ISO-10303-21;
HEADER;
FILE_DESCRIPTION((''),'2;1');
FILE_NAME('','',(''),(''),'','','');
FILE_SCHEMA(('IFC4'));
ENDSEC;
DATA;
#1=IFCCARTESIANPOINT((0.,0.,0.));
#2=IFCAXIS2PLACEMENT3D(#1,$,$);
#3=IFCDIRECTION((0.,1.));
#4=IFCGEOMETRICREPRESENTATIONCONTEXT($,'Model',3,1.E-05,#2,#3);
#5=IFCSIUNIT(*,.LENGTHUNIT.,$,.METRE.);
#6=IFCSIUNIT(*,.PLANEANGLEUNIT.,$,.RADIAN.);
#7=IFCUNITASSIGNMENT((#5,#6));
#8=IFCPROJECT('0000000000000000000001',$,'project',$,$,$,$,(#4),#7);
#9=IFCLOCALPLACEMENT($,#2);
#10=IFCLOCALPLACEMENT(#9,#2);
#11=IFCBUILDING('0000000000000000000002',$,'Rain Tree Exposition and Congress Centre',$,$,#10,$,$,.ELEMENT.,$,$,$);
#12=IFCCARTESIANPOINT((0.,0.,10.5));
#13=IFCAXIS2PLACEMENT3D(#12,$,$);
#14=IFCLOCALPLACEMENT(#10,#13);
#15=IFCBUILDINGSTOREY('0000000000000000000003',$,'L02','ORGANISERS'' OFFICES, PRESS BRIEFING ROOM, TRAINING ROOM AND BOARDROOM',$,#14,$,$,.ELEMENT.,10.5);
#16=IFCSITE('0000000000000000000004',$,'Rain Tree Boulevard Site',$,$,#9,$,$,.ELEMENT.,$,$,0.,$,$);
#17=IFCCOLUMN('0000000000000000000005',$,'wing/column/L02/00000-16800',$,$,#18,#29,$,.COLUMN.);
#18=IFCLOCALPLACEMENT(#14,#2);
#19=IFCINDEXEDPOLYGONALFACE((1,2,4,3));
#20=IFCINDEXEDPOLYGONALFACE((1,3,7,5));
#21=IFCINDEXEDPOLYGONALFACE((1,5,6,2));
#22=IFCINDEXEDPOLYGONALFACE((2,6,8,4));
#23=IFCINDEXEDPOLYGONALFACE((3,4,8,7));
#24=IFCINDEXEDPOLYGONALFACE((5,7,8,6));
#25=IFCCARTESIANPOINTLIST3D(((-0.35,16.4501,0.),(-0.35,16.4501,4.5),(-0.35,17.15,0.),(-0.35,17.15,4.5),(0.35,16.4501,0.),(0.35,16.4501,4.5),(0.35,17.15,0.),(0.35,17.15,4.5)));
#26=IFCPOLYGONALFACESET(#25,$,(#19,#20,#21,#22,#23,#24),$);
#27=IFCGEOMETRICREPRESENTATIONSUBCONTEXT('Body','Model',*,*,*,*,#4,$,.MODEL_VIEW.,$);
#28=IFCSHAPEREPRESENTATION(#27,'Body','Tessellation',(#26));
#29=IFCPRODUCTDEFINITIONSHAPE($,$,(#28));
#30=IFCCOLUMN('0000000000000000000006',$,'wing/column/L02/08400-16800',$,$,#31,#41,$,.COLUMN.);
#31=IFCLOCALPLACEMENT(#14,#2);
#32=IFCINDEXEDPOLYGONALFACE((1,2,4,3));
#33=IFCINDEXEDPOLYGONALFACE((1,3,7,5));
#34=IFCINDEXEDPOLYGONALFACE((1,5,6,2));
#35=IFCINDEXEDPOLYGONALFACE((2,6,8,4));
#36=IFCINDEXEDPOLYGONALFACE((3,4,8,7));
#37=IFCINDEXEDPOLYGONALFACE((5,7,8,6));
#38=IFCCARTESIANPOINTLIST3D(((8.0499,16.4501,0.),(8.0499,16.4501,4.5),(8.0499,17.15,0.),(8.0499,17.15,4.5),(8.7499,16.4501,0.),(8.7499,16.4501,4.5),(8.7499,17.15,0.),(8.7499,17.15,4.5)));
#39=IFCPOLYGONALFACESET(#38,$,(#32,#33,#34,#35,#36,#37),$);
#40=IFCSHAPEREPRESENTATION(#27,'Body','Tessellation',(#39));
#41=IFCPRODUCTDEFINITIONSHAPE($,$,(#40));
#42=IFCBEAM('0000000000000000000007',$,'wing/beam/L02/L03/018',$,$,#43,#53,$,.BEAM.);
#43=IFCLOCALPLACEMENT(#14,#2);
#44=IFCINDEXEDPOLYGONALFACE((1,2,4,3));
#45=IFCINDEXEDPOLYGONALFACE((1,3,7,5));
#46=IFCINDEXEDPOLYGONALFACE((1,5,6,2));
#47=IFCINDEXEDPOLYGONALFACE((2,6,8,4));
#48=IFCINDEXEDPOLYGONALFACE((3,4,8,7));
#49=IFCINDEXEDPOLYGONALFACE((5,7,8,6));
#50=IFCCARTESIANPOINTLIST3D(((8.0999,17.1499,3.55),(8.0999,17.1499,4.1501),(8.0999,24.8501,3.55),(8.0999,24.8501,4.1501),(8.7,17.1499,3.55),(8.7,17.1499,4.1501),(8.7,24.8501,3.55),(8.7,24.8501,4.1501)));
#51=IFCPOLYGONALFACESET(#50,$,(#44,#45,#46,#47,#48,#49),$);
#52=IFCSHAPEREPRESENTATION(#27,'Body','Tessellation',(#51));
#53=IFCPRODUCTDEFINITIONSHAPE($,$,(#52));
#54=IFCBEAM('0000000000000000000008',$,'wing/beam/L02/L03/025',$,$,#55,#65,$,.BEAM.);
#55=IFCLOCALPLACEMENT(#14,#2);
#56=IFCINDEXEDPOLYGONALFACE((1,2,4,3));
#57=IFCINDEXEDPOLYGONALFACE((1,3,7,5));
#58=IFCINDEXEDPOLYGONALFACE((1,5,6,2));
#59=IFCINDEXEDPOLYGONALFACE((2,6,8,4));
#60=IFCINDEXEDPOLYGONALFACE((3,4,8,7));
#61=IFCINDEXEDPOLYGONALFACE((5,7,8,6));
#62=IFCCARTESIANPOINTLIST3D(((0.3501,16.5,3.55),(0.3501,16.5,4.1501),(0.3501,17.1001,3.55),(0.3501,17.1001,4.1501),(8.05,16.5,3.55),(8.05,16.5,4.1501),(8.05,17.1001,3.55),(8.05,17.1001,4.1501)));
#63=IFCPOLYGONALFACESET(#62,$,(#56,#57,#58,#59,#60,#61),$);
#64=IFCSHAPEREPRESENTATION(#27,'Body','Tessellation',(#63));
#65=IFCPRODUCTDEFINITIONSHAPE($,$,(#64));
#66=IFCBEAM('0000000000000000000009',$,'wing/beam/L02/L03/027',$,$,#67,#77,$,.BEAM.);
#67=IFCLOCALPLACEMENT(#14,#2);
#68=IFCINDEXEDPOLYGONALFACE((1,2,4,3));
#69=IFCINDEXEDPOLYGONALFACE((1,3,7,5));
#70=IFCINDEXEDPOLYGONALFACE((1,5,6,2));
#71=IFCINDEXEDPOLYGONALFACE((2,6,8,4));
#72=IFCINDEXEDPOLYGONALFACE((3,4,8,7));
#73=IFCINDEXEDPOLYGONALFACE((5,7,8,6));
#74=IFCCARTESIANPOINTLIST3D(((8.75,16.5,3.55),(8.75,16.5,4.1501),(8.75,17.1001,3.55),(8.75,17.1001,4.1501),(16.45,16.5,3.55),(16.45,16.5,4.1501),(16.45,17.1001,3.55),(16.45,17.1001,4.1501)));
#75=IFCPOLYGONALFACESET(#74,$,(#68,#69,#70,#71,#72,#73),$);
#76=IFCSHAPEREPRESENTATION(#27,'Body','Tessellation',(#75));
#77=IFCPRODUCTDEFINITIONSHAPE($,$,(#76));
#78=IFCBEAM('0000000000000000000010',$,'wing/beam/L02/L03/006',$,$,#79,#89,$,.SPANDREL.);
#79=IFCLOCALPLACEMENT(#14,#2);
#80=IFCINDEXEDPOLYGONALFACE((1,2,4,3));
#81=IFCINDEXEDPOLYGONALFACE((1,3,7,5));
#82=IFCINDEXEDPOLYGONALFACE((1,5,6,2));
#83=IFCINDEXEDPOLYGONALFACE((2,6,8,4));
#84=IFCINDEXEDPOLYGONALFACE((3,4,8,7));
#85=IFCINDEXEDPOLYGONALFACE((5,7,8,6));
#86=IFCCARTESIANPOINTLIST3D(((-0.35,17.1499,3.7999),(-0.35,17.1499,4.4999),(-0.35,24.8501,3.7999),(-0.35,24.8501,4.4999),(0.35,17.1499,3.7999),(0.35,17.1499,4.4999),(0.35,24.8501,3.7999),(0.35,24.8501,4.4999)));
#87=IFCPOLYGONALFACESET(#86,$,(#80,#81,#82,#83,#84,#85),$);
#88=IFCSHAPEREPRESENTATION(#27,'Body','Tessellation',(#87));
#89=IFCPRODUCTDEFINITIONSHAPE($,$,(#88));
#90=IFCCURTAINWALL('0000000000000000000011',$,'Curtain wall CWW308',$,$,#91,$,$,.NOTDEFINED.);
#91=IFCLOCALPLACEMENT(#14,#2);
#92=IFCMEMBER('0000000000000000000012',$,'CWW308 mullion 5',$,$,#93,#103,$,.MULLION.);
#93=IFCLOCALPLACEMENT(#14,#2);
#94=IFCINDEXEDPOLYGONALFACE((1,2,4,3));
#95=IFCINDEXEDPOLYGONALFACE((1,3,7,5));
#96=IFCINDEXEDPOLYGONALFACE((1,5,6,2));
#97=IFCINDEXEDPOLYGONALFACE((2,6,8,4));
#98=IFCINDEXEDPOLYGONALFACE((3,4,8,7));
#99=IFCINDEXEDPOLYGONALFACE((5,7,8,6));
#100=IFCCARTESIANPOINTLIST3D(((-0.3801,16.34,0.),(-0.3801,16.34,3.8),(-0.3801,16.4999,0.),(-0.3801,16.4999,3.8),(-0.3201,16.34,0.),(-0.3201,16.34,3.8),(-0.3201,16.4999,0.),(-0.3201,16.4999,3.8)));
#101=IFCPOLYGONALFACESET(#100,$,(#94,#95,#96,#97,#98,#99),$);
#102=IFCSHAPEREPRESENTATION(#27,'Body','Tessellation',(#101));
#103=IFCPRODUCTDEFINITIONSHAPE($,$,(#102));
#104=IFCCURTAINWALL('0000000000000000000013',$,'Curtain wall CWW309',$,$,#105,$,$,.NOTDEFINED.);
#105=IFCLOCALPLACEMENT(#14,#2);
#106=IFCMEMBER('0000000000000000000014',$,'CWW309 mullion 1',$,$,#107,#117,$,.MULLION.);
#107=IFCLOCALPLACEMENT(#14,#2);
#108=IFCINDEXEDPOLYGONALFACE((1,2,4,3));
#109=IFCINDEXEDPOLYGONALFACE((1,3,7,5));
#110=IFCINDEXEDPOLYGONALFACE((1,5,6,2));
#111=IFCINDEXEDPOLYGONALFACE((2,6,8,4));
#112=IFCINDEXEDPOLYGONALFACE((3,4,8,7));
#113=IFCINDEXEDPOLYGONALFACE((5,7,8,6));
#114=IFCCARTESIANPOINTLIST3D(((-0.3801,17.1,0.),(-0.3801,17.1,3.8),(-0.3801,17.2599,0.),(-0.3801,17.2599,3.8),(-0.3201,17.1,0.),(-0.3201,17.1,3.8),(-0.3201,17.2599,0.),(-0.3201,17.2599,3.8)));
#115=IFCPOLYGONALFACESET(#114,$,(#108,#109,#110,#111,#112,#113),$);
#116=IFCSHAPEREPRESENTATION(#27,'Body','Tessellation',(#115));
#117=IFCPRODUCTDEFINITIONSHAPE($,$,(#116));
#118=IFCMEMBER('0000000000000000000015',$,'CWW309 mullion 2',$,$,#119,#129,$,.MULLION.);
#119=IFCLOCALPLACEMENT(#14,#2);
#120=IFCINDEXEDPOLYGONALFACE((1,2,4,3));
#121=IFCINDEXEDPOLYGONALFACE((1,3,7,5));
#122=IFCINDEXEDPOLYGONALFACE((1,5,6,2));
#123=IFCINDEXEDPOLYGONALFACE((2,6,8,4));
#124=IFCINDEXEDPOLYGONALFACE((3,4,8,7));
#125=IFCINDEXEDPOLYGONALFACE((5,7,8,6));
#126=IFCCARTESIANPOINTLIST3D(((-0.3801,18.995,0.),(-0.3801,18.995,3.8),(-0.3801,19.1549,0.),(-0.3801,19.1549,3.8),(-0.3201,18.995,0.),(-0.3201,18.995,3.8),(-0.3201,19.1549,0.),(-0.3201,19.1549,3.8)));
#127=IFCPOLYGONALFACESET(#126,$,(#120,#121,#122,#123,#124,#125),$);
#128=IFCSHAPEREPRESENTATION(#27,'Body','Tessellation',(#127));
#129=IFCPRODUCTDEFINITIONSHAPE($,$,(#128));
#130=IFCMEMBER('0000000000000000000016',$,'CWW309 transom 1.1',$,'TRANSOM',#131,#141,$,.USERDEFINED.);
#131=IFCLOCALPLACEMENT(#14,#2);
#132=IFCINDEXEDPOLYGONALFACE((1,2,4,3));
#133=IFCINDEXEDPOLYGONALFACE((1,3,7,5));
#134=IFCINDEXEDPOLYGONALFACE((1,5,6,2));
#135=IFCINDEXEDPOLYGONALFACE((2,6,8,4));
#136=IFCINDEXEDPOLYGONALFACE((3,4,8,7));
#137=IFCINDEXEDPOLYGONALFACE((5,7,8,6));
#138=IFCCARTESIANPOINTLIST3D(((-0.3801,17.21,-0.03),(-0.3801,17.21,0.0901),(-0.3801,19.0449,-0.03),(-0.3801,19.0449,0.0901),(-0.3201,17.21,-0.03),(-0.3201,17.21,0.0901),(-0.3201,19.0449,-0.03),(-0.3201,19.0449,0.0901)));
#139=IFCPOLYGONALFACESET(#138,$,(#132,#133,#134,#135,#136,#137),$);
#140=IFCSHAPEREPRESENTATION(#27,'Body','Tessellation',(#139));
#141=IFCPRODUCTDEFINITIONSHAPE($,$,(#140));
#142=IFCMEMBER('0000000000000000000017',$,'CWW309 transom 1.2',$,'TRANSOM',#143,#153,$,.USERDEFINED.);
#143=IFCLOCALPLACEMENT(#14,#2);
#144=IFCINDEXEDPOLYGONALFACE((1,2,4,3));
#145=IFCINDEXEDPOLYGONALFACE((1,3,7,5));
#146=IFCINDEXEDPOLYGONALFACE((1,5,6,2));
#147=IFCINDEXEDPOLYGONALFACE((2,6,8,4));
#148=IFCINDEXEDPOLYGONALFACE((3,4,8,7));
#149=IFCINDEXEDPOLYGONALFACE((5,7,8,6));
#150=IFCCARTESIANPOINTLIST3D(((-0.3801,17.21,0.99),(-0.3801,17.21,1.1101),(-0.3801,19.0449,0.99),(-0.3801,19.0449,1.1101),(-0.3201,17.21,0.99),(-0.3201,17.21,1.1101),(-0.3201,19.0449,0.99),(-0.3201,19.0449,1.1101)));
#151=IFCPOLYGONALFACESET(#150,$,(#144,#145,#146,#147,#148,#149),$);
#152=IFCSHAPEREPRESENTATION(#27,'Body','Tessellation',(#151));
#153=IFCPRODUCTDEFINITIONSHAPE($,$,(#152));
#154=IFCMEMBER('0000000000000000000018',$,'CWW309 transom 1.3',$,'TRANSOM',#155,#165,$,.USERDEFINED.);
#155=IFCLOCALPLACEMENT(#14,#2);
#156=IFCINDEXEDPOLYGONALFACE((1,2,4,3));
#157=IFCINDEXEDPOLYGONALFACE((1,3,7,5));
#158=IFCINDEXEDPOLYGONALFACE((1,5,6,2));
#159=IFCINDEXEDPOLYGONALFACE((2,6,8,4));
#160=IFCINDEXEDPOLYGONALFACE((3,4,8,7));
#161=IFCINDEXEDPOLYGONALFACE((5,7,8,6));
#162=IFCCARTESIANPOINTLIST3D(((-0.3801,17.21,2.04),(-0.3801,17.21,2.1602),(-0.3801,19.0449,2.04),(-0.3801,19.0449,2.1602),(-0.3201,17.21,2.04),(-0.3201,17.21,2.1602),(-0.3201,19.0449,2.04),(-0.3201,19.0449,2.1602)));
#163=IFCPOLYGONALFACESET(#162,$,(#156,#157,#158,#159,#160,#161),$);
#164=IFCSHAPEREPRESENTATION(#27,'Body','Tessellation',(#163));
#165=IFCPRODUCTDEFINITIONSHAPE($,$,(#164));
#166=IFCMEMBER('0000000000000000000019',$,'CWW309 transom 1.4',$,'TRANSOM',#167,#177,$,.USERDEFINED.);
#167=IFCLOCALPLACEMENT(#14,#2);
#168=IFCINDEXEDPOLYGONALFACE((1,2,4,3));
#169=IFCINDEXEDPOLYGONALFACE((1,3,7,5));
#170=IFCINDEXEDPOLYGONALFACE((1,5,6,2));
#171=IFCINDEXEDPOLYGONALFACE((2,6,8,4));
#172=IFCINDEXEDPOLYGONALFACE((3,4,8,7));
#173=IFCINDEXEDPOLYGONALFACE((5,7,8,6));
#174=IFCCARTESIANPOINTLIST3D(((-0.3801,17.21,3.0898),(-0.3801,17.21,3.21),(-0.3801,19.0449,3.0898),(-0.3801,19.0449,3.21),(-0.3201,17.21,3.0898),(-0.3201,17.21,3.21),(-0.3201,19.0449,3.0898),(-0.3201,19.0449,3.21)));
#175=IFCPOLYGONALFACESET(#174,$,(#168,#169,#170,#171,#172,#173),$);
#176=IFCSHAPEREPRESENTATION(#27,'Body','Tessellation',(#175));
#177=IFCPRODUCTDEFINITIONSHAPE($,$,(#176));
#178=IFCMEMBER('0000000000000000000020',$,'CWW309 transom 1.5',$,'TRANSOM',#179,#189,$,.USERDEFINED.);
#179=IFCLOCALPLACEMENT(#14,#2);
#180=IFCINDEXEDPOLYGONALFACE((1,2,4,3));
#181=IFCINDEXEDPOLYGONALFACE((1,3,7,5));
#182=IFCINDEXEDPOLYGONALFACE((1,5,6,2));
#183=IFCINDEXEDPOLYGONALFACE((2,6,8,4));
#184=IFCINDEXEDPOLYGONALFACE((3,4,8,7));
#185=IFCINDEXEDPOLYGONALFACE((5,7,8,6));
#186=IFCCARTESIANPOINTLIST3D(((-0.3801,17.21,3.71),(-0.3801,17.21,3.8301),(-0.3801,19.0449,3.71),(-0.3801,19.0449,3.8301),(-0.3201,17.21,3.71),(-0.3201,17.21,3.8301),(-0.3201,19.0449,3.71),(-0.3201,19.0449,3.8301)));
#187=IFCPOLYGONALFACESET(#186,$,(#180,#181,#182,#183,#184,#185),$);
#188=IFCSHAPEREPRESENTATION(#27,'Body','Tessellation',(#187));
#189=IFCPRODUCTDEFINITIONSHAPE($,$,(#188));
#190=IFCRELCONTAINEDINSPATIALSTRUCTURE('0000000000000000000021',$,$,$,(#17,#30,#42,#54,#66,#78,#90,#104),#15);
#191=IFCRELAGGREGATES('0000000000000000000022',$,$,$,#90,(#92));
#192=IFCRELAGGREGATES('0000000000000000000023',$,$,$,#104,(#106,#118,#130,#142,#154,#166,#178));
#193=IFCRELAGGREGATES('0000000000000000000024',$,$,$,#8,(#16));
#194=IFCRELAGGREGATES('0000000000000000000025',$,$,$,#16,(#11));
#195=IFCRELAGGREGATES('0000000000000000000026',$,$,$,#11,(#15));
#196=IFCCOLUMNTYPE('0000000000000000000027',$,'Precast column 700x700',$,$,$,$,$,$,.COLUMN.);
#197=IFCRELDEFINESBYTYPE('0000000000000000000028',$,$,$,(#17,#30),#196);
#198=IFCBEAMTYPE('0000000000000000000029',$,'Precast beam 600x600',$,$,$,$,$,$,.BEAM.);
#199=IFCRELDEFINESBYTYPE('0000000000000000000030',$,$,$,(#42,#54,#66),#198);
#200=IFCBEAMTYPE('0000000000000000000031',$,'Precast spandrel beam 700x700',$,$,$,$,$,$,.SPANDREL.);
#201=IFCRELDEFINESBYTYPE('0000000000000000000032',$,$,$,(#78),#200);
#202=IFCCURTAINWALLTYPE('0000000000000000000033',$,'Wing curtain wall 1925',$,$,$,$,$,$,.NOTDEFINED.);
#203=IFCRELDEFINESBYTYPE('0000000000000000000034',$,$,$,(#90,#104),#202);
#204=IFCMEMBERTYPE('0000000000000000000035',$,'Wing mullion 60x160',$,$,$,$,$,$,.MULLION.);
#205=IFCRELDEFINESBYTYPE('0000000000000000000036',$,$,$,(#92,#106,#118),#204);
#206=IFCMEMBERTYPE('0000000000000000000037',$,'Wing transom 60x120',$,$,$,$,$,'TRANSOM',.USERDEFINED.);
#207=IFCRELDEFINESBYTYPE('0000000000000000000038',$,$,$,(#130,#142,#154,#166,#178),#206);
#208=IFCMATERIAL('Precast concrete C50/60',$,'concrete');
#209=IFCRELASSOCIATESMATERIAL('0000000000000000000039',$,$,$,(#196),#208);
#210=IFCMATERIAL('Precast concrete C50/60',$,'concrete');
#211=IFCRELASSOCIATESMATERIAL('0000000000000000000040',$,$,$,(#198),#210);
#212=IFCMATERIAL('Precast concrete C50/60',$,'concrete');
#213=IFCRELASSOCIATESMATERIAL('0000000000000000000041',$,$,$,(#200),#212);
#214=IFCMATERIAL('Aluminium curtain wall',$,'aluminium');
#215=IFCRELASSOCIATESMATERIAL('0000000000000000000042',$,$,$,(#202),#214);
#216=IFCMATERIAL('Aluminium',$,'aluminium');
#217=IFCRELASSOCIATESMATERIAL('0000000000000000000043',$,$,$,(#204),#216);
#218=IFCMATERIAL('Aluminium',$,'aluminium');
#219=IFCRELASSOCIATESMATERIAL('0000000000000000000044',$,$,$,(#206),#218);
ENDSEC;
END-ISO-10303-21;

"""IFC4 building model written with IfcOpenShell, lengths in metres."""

from ifc_helpers import new_model, si_unit, direction, frame, origin, origin_2d, place, context, subcontext, project, spatial, rectangle, extrude, material, material_profile, profile_set, type_object, element, aggregate, save


model = new_model("IFC4")

# Units and contexts
model_context = context("Model", 3, precision=1e-05, world=origin(), true_north=direction((0.0, 1.0)))
body_context = subcontext(model_context, "Body", "Model", "MODEL_VIEW")
ifc_project = project(units=[si_unit("LENGTHUNIT", "METRE"), si_unit("PLANEANGLEUNIT", "RADIAN")], contexts=[model_context])

# Site, building, storey
site_placement = place(None, origin())
site = spatial("IfcSite", under=ifc_project, at=site_placement, Name="Rain Tree Boulevard Site", CompositionType="ELEMENT", RefElevation=0.0)
building_placement = place(site_placement, origin())
building = spatial("IfcBuilding", under=site, at=building_placement, Name="Rain Tree Exposition and Congress Centre", CompositionType="ELEMENT")
storey_placement = place(building_placement, frame((0.0, 0.0, 10.5)))
storey = spatial("IfcBuildingStorey", under=building, at=storey_placement, Name="L02", Description="ORGANISERS' OFFICES, PRESS BRIEFING ROOM, TRAINING ROOM AND BOARDROOM", CompositionType="ELEMENT", Elevation=10.5)

# Columns
ifc_material_1 = material(Name="Precast concrete C50/60", Category="concrete")
ifc_material_profile_1 = material_profile(ifc_material_1, rectangle(XDim=0.7, YDim=0.7, at=origin_2d()), Name="RC 700x700")
ifc_profile_set_1 = profile_set([ifc_material_profile_1], Name="Precast concrete C50/60")
column_type = type_object("IfcColumnType", Name="Precast column 700x700", PredefinedType="COLUMN", material=ifc_profile_set_1)
for number, where, z_axis, x_axis, name in (
    (1, (0.0, 16.8, 0.0), (0.0, 0.0, 1.0), (1.0, 0.0, 0.0), "wing/column/L02/00000-16800"),
    (2, (8.3999, 16.8, 0.0), (0.0, 0.0, 1.0), (1.0, 0.0, 0.0), "wing/column/L02/08400-16800"),
):
    element("IfcColumn", number, at=place(storey_placement, frame(where, z_axis=z_axis, x_axis=x_axis)), inside=storey, type_object=column_type, Name=name, PredefinedType="COLUMN", context=body_context, shape_type="SweptSolid", body=[
        extrude(rectangle(XDim=0.7, YDim=0.7, at=origin_2d()), origin(), (0.0, 0.0, 1.0), 4.5),
    ])

# Beams
ifc_material_2 = material(Name="Precast concrete C50/60", Category="concrete")
ifc_material_profile_2 = material_profile(ifc_material_2, rectangle(XDim=0.6001, YDim=0.6001, at=origin_2d()), Name="RC 600x600")
ifc_profile_set_2 = profile_set([ifc_material_profile_2], Name="Precast concrete C50/60")
beam_type_1 = type_object("IfcBeamType", Name="Precast beam 600x600", PredefinedType="BEAM", material=ifc_profile_set_2)
beam_1_placement = place(storey_placement, frame((8.3999, 17.1499, 3.8501), z_axis=(0.0, 1.0, 0.0), x_axis=(-1.0, 0.0, 0.0)))
element("IfcBeam", 3, at=beam_1_placement, inside=storey, type_object=beam_type_1, Name="wing/beam/L02/L03/018", PredefinedType="BEAM", context=body_context, shape_type="SweptSolid", body=[
    extrude(rectangle(XDim=0.6001, YDim=0.6001, at=origin_2d()), origin(), (0.0, 0.0, 1.0), 7.7002),
])
for number, where, z_axis, x_axis, name in (
    (4, (0.3501, 16.8, 3.8501), (1.0, 0.0, 0.0), (0.0, 1.0, 0.0), "wing/beam/L02/L03/025"),
    (5, (8.75, 16.8, 3.8501), (1.0, 0.0, 0.0), (0.0, 1.0, 0.0), "wing/beam/L02/L03/027"),
):
    element("IfcBeam", number, at=place(storey_placement, frame(where, z_axis=z_axis, x_axis=x_axis)), inside=storey, type_object=beam_type_1, Name=name, PredefinedType="BEAM", context=body_context, shape_type="SweptSolid", body=[
        extrude(rectangle(XDim=0.6001, YDim=0.6001, at=origin_2d()), origin(), (0.0, 0.0, 1.0), 7.7),
    ])
ifc_material_3 = material(Name="Precast concrete C50/60", Category="concrete")
ifc_material_profile_3 = material_profile(ifc_material_3, rectangle(XDim=0.7, YDim=0.7, at=origin_2d()), Name="RC 700x700")
ifc_profile_set_3 = profile_set([ifc_material_profile_3], Name="Precast concrete C50/60")
beam_type_2 = type_object("IfcBeamType", Name="Precast spandrel beam 700x700", PredefinedType="SPANDREL", material=ifc_profile_set_3)
beam_2_placement = place(storey_placement, frame((0.0, 17.1499, 4.1499), z_axis=(0.0, 1.0, 0.0), x_axis=(-1.0, 0.0, 0.0)))
element("IfcBeam", 6, at=beam_2_placement, inside=storey, type_object=beam_type_2, Name="wing/beam/L02/L03/006", PredefinedType="SPANDREL", context=body_context, shape_type="SweptSolid", body=[
    extrude(rectangle(XDim=0.7, YDim=0.7, at=origin_2d()), origin(), (0.0, 0.0, 1.0), 7.7002),
])

# Curtain wall, member
ifc_material_4 = material(Name="Aluminium curtain wall", Category="aluminium")
curtain_wall_type = type_object("IfcCurtainWallType", Name="Wing curtain wall 1925", PredefinedType="NOTDEFINED", material=ifc_material_4)
curtain_wall_1_placement = place(storey_placement, origin())
curtain_wall_1 = element("IfcCurtainWall", 7, at=curtain_wall_1_placement, inside=storey, type_object=curtain_wall_type, Name="Curtain wall CWW308", PredefinedType="NOTDEFINED")
ifc_material_5 = material(Name="Aluminium", Category="aluminium")
ifc_material_profile_4 = material_profile(ifc_material_5, rectangle(XDim=0.0601, YDim=0.1599, at=origin_2d()), Name="Aluminium 60x160")
ifc_profile_set_4 = profile_set([ifc_material_profile_4], Name="Aluminium")
member_type_1 = type_object("IfcMemberType", Name="Wing mullion 60x160", PredefinedType="MULLION", material=ifc_profile_set_4)
member_1_placement = place(storey_placement, frame((-0.3501, 16.4199, 0.0), z_axis=(0.0, 0.0, 1.0), x_axis=(-1.0, 0.0, 0.0)))
member_1 = element("IfcMember", 8, at=member_1_placement, type_object=member_type_1, Name="CWW308 mullion 5", PredefinedType="MULLION", context=body_context, shape_type="SweptSolid", body=[
    extrude(rectangle(XDim=0.0601, YDim=0.1599, at=origin_2d()), origin(), (0.0, 0.0, 1.0), 3.8),
])

# Curtain wall, members
curtain_wall_2_placement = place(storey_placement, origin())
curtain_wall_2 = element("IfcCurtainWall", 9, at=curtain_wall_2_placement, inside=storey, type_object=curtain_wall_type, Name="Curtain wall CWW309", PredefinedType="NOTDEFINED")
member_2_placement = place(storey_placement, frame((-0.3501, 17.1799, 0.0), z_axis=(0.0, 0.0, 1.0), x_axis=(-1.0, 0.0, 0.0)))
member_2 = element("IfcMember", 10, at=member_2_placement, type_object=member_type_1, Name="CWW309 mullion 1", PredefinedType="MULLION", context=body_context, shape_type="SweptSolid", body=[
    extrude(rectangle(XDim=0.0601, YDim=0.1599, at=origin_2d()), origin(), (0.0, 0.0, 1.0), 3.8),
])
member_3_placement = place(storey_placement, frame((-0.3501, 19.075, 0.0), z_axis=(0.0, 0.0, 1.0), x_axis=(-1.0, 0.0, 0.0)))
member_3 = element("IfcMember", 11, at=member_3_placement, type_object=member_type_1, Name="CWW309 mullion 2", PredefinedType="MULLION", context=body_context, shape_type="SweptSolid", body=[
    extrude(rectangle(XDim=0.0601, YDim=0.1599, at=origin_2d()), origin(), (0.0, 0.0, 1.0), 3.8),
])
ifc_material_6 = material(Name="Aluminium", Category="aluminium")
ifc_material_profile_5 = material_profile(ifc_material_6, rectangle(XDim=0.0601, YDim=0.1201, at=origin_2d()), Name="Aluminium 60x120")
ifc_profile_set_5 = profile_set([ifc_material_profile_5], Name="Aluminium")
member_type_2 = type_object("IfcMemberType", Name="Wing transom 60x120", ElementType="TRANSOM", PredefinedType="USERDEFINED", material=ifc_profile_set_5)
member_4_placement = place(storey_placement, frame((-0.3501, 17.21, 0.03), z_axis=(0.0, 1.0, 0.0), x_axis=(-1.0, 0.0, 0.0)))
member_4 = element("IfcMember", 12, at=member_4_placement, type_object=member_type_2, Name="CWW309 transom 1.1", ObjectType="TRANSOM", PredefinedType="USERDEFINED", context=body_context, shape_type="SweptSolid", body=[
    extrude(rectangle(XDim=0.0601, YDim=0.1201, at=origin_2d()), origin(), (0.0, 0.0, 1.0), 1.835),
])
member_5_placement = place(storey_placement, frame((-0.3501, 17.21, 1.05), z_axis=(0.0, 1.0, 0.0), x_axis=(-1.0, 0.0, 0.0)))
member_5 = element("IfcMember", 13, at=member_5_placement, type_object=member_type_2, Name="CWW309 transom 1.2", ObjectType="TRANSOM", PredefinedType="USERDEFINED", context=body_context, shape_type="SweptSolid", body=[
    extrude(rectangle(XDim=0.0601, YDim=0.1201, at=origin_2d()), origin(), (0.0, 0.0, 1.0), 1.835),
])
member_6_placement = place(storey_placement, frame((-0.3501, 17.21, 2.1001), z_axis=(0.0, 1.0, 0.0), x_axis=(-1.0, 0.0, 0.0)))
member_6 = element("IfcMember", 14, at=member_6_placement, type_object=member_type_2, Name="CWW309 transom 1.3", ObjectType="TRANSOM", PredefinedType="USERDEFINED", context=body_context, shape_type="SweptSolid", body=[
    extrude(rectangle(XDim=0.0601, YDim=0.1201, at=origin_2d()), origin(), (0.0, 0.0, 1.0), 1.835),
])
member_7_placement = place(storey_placement, frame((-0.3501, 17.21, 3.1499), z_axis=(0.0, 1.0, 0.0), x_axis=(-1.0, 0.0, 0.0)))
member_7 = element("IfcMember", 15, at=member_7_placement, type_object=member_type_2, Name="CWW309 transom 1.4", ObjectType="TRANSOM", PredefinedType="USERDEFINED", context=body_context, shape_type="SweptSolid", body=[
    extrude(rectangle(XDim=0.0601, YDim=0.1201, at=origin_2d()), origin(), (0.0, 0.0, 1.0), 1.835),
])
member_8_placement = place(storey_placement, frame((-0.3501, 17.21, 3.77), z_axis=(0.0, 1.0, 0.0), x_axis=(-1.0, 0.0, 0.0)))
member_8 = element("IfcMember", 16, at=member_8_placement, type_object=member_type_2, Name="CWW309 transom 1.5", ObjectType="TRANSOM", PredefinedType="USERDEFINED", context=body_context, shape_type="SweptSolid", body=[
    extrude(rectangle(XDim=0.0601, YDim=0.1201, at=origin_2d()), origin(), (0.0, 0.0, 1.0), 1.835),
])

aggregate(curtain_wall_1, [member_1])
aggregate(curtain_wall_2, [member_2, member_3, member_4, member_5, member_6, member_7, member_8])

save(model, "model.ifc")
